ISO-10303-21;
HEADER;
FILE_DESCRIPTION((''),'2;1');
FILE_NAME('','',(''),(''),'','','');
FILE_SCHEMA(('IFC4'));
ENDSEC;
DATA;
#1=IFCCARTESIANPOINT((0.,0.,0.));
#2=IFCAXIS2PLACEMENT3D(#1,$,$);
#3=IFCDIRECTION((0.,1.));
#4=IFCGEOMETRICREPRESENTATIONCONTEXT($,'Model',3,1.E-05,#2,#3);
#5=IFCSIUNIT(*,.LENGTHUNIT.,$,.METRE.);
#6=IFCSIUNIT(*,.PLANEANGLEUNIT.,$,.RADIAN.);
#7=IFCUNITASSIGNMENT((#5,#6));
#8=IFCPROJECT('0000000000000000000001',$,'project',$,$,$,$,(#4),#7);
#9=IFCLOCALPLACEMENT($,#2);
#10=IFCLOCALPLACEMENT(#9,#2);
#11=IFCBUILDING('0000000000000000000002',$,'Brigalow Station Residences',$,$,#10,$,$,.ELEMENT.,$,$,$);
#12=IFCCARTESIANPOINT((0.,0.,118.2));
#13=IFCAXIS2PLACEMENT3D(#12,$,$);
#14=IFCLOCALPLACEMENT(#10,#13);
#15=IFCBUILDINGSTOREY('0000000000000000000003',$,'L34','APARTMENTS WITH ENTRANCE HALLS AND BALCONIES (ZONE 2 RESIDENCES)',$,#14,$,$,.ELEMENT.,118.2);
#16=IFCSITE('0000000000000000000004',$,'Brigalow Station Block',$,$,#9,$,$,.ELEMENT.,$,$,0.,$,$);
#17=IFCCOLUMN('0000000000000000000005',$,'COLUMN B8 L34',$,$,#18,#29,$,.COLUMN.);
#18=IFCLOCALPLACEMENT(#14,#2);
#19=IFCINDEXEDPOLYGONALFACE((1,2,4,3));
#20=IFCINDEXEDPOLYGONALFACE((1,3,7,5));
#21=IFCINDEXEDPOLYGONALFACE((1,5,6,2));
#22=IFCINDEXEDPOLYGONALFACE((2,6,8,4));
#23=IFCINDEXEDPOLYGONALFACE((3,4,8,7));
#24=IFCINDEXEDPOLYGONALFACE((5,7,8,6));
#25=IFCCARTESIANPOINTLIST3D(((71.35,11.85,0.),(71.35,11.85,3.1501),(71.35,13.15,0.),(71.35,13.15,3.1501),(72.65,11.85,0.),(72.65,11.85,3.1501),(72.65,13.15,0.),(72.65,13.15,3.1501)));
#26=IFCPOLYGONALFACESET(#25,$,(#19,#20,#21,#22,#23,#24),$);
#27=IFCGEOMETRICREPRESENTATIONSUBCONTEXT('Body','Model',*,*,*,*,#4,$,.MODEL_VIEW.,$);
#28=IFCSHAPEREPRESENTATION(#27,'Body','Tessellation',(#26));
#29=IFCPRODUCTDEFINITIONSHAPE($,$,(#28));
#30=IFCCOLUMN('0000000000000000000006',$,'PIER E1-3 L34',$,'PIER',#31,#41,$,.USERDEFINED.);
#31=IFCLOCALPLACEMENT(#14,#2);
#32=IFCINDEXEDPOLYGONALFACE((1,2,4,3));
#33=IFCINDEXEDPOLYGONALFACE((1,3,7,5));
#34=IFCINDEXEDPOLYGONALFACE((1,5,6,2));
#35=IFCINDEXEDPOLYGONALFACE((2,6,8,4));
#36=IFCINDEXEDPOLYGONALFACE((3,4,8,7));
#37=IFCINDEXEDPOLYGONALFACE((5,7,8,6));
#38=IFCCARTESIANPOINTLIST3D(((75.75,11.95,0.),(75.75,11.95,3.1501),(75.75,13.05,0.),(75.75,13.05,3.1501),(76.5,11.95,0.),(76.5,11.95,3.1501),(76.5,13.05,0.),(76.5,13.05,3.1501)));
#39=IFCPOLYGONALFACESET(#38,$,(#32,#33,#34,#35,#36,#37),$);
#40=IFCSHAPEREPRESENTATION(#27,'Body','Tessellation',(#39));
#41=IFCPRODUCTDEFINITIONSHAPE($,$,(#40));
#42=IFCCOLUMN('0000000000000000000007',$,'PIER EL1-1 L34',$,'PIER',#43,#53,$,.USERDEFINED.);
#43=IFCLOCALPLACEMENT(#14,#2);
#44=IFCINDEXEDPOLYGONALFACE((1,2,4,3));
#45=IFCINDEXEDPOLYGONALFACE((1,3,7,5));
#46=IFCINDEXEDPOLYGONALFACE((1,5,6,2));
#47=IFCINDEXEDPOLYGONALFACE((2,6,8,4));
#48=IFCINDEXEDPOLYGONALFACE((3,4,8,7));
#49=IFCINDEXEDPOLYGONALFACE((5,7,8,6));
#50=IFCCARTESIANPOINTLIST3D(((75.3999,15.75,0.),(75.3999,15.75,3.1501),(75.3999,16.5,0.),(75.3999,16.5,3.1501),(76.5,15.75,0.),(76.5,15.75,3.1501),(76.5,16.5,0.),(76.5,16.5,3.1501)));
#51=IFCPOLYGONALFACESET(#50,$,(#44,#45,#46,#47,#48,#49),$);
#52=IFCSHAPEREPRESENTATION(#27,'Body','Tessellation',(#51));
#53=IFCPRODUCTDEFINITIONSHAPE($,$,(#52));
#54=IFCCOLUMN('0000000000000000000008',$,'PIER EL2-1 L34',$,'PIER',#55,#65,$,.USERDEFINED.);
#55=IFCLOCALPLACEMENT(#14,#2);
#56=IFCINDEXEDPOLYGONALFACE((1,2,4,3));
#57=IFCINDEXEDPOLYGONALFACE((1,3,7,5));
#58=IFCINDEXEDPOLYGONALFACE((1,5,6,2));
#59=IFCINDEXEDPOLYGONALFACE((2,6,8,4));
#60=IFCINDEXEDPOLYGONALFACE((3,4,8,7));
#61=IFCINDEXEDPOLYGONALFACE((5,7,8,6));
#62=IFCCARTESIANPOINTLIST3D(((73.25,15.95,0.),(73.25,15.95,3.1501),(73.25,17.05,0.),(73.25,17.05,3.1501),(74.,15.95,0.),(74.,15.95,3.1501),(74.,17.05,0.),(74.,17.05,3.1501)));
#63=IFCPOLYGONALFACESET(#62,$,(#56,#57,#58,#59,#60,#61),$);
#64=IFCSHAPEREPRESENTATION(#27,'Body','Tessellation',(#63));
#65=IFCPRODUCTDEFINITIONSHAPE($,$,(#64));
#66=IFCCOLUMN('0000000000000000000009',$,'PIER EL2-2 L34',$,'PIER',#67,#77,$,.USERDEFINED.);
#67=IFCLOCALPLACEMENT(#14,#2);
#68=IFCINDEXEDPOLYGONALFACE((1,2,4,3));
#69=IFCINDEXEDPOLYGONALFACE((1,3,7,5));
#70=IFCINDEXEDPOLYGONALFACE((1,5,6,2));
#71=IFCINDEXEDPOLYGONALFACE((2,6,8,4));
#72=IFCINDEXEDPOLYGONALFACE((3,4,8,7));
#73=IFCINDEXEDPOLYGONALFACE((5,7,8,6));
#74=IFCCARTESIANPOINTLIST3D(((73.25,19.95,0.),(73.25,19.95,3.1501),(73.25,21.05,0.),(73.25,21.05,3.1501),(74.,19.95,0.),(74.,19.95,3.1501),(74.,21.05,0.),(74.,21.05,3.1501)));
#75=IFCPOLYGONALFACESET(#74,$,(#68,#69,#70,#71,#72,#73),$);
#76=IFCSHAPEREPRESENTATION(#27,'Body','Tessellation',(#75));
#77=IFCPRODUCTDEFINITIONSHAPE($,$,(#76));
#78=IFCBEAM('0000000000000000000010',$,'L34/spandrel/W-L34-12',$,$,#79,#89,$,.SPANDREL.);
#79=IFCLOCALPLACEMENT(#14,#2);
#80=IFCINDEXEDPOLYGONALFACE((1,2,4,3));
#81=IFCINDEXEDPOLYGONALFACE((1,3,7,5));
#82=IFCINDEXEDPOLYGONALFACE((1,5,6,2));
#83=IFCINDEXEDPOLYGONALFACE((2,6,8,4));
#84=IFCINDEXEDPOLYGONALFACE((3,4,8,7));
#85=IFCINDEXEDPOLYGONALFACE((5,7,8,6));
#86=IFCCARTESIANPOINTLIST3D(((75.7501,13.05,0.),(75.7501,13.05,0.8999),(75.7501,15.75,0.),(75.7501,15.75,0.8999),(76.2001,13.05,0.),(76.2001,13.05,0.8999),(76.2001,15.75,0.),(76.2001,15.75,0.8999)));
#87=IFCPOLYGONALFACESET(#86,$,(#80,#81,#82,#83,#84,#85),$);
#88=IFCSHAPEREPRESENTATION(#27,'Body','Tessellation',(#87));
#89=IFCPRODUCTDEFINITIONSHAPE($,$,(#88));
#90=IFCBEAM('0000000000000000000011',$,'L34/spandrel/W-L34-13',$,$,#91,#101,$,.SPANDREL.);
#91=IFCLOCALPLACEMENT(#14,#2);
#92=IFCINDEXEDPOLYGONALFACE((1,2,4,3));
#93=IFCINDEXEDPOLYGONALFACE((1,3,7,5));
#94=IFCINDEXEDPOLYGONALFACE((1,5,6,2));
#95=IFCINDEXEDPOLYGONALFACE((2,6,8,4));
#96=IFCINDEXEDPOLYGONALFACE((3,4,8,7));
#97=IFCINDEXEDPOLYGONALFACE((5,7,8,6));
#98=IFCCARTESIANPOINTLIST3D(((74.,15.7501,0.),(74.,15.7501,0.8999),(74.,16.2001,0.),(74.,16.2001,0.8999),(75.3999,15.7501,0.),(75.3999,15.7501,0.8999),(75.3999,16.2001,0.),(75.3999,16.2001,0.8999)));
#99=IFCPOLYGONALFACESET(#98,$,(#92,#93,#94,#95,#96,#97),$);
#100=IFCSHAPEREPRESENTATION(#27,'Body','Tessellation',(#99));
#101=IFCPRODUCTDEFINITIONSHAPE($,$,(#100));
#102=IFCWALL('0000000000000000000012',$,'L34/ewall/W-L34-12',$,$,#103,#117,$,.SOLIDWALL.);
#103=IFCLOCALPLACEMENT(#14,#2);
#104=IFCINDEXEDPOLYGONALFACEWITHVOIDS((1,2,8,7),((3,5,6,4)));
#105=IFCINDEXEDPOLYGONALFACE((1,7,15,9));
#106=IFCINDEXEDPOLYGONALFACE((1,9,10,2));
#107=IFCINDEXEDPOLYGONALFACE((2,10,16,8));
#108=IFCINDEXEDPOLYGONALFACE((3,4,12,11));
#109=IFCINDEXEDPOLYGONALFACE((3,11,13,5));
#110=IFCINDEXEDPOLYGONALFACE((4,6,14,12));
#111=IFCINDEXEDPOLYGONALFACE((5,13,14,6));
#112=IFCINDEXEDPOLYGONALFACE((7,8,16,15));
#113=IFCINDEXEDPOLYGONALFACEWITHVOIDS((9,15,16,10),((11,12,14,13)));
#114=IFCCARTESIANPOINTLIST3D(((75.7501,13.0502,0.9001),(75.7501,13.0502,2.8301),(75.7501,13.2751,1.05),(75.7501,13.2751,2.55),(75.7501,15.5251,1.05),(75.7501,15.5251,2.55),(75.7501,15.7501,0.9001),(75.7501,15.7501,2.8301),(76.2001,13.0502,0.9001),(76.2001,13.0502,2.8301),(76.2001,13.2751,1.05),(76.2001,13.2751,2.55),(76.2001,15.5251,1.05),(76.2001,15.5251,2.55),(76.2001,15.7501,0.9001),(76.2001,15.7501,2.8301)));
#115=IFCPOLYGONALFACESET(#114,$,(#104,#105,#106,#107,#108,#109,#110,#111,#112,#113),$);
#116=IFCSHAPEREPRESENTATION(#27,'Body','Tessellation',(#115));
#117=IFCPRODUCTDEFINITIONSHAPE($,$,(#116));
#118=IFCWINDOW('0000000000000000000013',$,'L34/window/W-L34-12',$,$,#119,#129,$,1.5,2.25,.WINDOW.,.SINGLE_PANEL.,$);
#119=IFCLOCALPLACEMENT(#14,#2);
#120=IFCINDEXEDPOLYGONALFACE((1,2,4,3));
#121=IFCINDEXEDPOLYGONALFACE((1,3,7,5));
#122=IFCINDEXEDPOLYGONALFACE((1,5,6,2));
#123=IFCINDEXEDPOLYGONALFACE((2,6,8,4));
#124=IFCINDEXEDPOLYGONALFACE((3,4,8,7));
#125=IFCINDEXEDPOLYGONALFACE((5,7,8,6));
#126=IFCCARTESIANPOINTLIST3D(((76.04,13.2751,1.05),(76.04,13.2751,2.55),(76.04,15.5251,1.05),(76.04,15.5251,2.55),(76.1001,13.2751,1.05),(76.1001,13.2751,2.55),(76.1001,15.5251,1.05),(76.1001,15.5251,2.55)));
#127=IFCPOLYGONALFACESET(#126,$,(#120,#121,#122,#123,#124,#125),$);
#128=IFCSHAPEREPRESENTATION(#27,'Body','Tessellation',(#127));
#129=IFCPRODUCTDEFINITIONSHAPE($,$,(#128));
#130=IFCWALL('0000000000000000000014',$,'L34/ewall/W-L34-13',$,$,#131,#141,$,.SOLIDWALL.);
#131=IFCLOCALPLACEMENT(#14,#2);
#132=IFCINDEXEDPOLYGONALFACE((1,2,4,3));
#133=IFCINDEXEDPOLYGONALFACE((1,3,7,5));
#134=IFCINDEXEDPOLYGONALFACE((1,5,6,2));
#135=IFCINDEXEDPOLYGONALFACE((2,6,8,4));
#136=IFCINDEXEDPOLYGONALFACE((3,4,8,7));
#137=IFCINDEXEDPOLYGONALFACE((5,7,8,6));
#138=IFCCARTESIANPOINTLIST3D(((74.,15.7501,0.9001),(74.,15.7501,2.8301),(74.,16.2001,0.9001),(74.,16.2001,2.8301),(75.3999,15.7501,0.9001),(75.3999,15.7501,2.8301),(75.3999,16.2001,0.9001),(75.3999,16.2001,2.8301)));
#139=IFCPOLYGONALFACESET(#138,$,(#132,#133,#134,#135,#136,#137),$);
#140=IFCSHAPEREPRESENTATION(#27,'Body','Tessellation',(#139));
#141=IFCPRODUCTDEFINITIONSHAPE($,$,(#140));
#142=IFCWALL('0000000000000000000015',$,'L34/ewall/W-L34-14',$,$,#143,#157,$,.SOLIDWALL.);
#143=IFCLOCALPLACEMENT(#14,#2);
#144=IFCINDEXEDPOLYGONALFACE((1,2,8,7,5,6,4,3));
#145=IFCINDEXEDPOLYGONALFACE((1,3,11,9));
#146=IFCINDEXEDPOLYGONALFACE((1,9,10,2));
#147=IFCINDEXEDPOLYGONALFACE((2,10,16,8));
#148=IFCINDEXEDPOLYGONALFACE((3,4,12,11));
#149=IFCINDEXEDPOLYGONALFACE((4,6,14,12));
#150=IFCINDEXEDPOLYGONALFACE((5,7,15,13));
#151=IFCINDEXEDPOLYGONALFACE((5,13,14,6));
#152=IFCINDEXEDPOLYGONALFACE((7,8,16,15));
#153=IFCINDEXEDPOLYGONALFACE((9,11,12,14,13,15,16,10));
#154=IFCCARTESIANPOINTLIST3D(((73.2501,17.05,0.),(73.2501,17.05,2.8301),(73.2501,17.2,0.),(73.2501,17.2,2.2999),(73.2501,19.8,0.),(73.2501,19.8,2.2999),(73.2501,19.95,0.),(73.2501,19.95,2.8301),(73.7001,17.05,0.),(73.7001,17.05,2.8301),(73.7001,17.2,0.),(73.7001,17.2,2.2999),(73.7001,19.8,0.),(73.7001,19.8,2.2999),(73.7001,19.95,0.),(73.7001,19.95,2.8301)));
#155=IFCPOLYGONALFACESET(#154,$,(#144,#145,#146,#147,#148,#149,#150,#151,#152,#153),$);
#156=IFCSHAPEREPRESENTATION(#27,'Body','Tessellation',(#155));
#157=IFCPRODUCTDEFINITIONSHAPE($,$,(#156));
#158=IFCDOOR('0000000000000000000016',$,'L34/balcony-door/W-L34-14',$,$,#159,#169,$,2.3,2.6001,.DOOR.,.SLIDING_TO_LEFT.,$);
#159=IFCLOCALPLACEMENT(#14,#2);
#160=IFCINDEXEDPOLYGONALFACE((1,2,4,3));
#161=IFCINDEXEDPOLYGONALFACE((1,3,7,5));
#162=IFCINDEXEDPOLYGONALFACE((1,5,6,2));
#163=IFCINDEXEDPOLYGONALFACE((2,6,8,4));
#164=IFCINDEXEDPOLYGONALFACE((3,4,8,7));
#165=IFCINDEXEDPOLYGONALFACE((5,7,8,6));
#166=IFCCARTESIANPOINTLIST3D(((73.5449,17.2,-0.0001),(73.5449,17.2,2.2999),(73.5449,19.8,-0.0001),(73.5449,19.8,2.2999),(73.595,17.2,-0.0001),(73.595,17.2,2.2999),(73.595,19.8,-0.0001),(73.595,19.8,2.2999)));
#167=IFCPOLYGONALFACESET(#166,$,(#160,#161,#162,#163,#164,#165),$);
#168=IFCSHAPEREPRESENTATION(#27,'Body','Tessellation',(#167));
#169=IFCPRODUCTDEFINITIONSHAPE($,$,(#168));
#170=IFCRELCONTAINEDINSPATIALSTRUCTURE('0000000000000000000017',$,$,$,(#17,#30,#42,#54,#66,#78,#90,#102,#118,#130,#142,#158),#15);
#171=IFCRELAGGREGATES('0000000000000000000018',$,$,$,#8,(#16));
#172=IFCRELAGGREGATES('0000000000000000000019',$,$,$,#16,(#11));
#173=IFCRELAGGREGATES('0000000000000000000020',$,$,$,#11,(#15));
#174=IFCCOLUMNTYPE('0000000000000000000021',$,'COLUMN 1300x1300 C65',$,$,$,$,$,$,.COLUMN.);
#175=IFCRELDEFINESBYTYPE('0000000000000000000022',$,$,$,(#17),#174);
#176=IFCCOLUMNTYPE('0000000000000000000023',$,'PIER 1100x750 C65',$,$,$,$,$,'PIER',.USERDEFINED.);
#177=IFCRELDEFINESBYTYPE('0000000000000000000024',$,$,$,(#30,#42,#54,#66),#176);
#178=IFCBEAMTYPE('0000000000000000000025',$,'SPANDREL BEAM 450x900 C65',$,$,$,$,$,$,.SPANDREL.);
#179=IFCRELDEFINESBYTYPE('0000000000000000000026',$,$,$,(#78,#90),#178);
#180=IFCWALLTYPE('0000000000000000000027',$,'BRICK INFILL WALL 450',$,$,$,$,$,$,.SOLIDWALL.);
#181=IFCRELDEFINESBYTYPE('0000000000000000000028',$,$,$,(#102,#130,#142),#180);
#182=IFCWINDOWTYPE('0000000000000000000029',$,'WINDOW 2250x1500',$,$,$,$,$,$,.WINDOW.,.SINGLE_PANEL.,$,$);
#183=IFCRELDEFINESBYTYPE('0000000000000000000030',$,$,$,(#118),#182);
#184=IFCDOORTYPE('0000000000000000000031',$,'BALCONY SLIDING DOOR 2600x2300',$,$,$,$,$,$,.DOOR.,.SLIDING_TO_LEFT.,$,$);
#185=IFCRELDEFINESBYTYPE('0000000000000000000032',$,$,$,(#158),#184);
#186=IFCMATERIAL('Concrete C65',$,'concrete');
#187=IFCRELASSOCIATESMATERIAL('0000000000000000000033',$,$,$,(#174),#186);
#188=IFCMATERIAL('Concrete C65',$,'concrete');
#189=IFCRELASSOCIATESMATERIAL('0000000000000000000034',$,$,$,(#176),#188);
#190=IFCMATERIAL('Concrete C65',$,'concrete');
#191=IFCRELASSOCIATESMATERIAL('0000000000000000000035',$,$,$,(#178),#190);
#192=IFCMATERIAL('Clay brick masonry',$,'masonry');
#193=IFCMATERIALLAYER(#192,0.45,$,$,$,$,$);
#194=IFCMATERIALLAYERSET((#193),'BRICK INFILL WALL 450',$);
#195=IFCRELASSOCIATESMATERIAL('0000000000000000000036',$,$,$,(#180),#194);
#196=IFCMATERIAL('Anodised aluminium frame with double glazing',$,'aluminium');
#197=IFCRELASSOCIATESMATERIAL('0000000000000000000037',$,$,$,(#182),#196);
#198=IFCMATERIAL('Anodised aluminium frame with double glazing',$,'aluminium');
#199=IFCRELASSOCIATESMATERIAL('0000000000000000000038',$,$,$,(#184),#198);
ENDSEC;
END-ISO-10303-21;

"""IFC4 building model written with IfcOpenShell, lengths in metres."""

from ifc_helpers import new_model, si_unit, direction, frame, frame_2d, origin, origin_2d, place, context, subcontext, project, spatial, rectangle, extrude, material, layer, layer_set, material_profile, profile_set, type_object, element, fill, save


model = new_model("IFC4")

# Units and contexts
model_context = context("Model", 3, precision=1e-05, world=origin(), true_north=direction((0.0, 1.0)))
body_context = subcontext(model_context, "Body", "Model", "MODEL_VIEW")
ifc_project = project(units=[si_unit("LENGTHUNIT", "METRE"), si_unit("PLANEANGLEUNIT", "RADIAN")], contexts=[model_context])

# Site, building, storey
site_placement = place(None, origin())
site = spatial("IfcSite", under=ifc_project, at=site_placement, Name="Brigalow Station Block", CompositionType="ELEMENT", RefElevation=0.0)
building_placement = place(site_placement, origin())
building = spatial("IfcBuilding", under=site, at=building_placement, Name="Brigalow Station Residences", CompositionType="ELEMENT")
storey_placement = place(building_placement, frame((0.0, 0.0, 118.2)))
storey = spatial("IfcBuildingStorey", under=building, at=storey_placement, Name="L34", Description="APARTMENTS WITH ENTRANCE HALLS AND BALCONIES (ZONE 2 RESIDENCES)", CompositionType="ELEMENT", Elevation=118.2)

# Columns
ifc_material_1 = material(Name="Concrete C65", Category="concrete")
ifc_material_profile_1 = material_profile(ifc_material_1, rectangle(XDim=1.3, YDim=1.3, at=origin_2d()), Name="RC1300x1300")
ifc_profile_set_1 = profile_set([ifc_material_profile_1], Name="Concrete C65")
column_type_1 = type_object("IfcColumnType", Name="COLUMN 1300x1300 C65", PredefinedType="COLUMN", material=ifc_profile_set_1)
column_placement = place(storey_placement, frame((72.0, 12.5, 0.0), z_axis=(0.0, 0.0, 1.0), x_axis=(1.0, 0.0, 0.0)))
element("IfcColumn", 1, at=column_placement, inside=storey, type_object=column_type_1, Name="COLUMN B8 L34", PredefinedType="COLUMN", context=body_context, shape_type="SweptSolid", body=[
    extrude(rectangle(XDim=1.3, YDim=1.3, at=origin_2d()), origin(), (0.0, 0.0, 1.0), 3.1501),
])
ifc_material_2 = material(Name="Concrete C65", Category="concrete")
ifc_material_profile_2 = material_profile(ifc_material_2, rectangle(XDim=1.1001, YDim=0.75, at=origin_2d()), Name="RC1100x750")
ifc_profile_set_2 = profile_set([ifc_material_profile_2], Name="Concrete C65")
column_type_2 = type_object("IfcColumnType", Name="PIER 1100x750 C65", ElementType="PIER", PredefinedType="USERDEFINED", material=ifc_profile_set_2)
for number, where, z_axis, x_axis, name in (
    (2, (76.125, 12.5, 0.0), (0.0, 0.0, 1.0), (0.0, 1.0, 0.0), "PIER E1-3 L34"),
    (3, (75.95, 16.125, 0.0), (0.0, 0.0, 1.0), (-1.0, 0.0, 0.0), "PIER EL1-1 L34"),
    (4, (73.625, 16.5, 0.0), (0.0, 0.0, 1.0), (0.0, 1.0, 0.0), "PIER EL2-1 L34"),
    (5, (73.625, 20.5, 0.0), (0.0, 0.0, 1.0), (0.0, 1.0, 0.0), "PIER EL2-2 L34"),
):
    element("IfcColumn", number, at=place(storey_placement, frame(where, z_axis=z_axis, x_axis=x_axis)), inside=storey, type_object=column_type_2, Name=name, ObjectType="PIER", PredefinedType="USERDEFINED", context=body_context, shape_type="SweptSolid", body=[
        extrude(rectangle(XDim=1.1001, YDim=0.75, at=origin_2d()), origin(), (0.0, 0.0, 1.0), 3.1501),
    ])

# Beams
ifc_material_3 = material(Name="Concrete C65", Category="concrete")
ifc_material_profile_3 = material_profile(ifc_material_3, rectangle(XDim=0.45, YDim=0.8999, at=origin_2d()), Name="RC450x900")
ifc_profile_set_3 = profile_set([ifc_material_profile_3], Name="Concrete C65")
beam_type = type_object("IfcBeamType", Name="SPANDREL BEAM 450x900 C65", PredefinedType="SPANDREL", material=ifc_profile_set_3)
beam_1_placement = place(storey_placement, frame((75.9751, 13.05, 0.45), z_axis=(0.0, 1.0, 0.0), x_axis=(-1.0, 0.0, 0.0)))
element("IfcBeam", 6, at=beam_1_placement, inside=storey, type_object=beam_type, Name="L34/spandrel/W-L34-12", PredefinedType="SPANDREL", context=body_context, shape_type="SweptSolid", body=[
    extrude(rectangle(XDim=0.45, YDim=0.8999, at=origin_2d()), origin(), (0.0, 0.0, 1.0), 2.7),
])
beam_2_placement = place(storey_placement, frame((75.3999, 15.9751, 0.45), z_axis=(-1.0, 0.0, 0.0), x_axis=(0.0, -1.0, 0.0)))
element("IfcBeam", 7, at=beam_2_placement, inside=storey, type_object=beam_type, Name="L34/spandrel/W-L34-13", PredefinedType="SPANDREL", context=body_context, shape_type="SweptSolid", body=[
    extrude(rectangle(XDim=0.45, YDim=0.8999, at=origin_2d()), origin(), (0.0, 0.0, 1.0), 1.3999),
])

# Wall, opening, window
ifc_material_4 = material(Name="Clay brick masonry", Category="masonry")
ifc_layer_1 = layer(ifc_material_4, 0.45)
ifc_layer_set_1 = layer_set([ifc_layer_1], Name="BRICK INFILL WALL 450")
wall_type_1 = type_object("IfcWallType", Name="BRICK INFILL WALL 450", PredefinedType="SOLIDWALL", material=ifc_layer_set_1)
wall_1_placement = place(storey_placement, frame((75.9751, 13.05, 0.9001), z_axis=(0.0, 0.0, 1.0), x_axis=(0.0, 1.0, 0.0)))
wall_1 = element("IfcWall", 8, at=wall_1_placement, inside=storey, type_object=wall_type_1, Name="L34/ewall/W-L34-12", PredefinedType="SOLIDWALL", context=body_context, shape_type="SweptSolid", body=[
    extrude(rectangle(XDim=2.7, YDim=0.45, at=frame_2d((1.3501, 0.0))), origin(), (0.0, 0.0, 1.0), 1.9299),
])
opening_1_placement = place(wall_1_placement, frame((0.2251, 0.0, 0.1499)))
opening_1 = element("IfcOpeningElement", 9, at=opening_1_placement, cuts=wall_1, PredefinedType="OPENING", context=body_context, shape_type="SweptSolid", body=[
    extrude(rectangle(XDim=2.25, YDim=1.5, at=frame_2d((1.125, 0.75))), frame((0.0, 0.2349, 0.0), z_axis=(0.0, -1.0, 0.0), x_axis=(1.0, 0.0, 0.0)), (0.0, 0.0, 1.0), 0.47),
])
ifc_material_5 = material(Name="Anodised aluminium frame with double glazing", Category="aluminium")
window_type = type_object("IfcWindowType", Name="WINDOW 2250x1500", PartitioningType="SINGLE_PANEL", PredefinedType="WINDOW", material=ifc_material_5)
window_placement = place(opening_1_placement, origin())
window = element("IfcWindow", 10, at=window_placement, inside=storey, type_object=window_type, Name="L34/window/W-L34-12", OverallHeight=1.5, OverallWidth=2.25, PartitioningType="SINGLE_PANEL", PredefinedType="WINDOW", context=body_context, shape_type="SweptSolid", body=[
    extrude(rectangle(XDim=2.25, YDim=1.5, at=frame_2d((1.125, 0.75))), frame((0.0, -0.0649, 0.0), z_axis=(0.0, -1.0, 0.0), x_axis=(1.0, 0.0, 0.0)), (0.0, 0.0, 1.0), 0.0601),
])
fill(opening_1, window)

# Wall
wall_2_placement = place(storey_placement, frame((75.3999, 15.9751, 0.9001), z_axis=(0.0, 0.0, 1.0), x_axis=(-1.0, 0.0, 0.0)))
element("IfcWall", 11, at=wall_2_placement, inside=storey, type_object=wall_type_1, Name="L34/ewall/W-L34-13", PredefinedType="SOLIDWALL", context=body_context, shape_type="SweptSolid", body=[
    extrude(rectangle(XDim=1.3999, YDim=0.45, at=frame_2d((0.7, 0.0))), origin(), (0.0, 0.0, 1.0), 1.9299),
])

# Wall, opening, door
wall_3_placement = place(storey_placement, frame((73.4751, 17.05, 0.0), z_axis=(0.0, 0.0, 1.0), x_axis=(0.0, 1.0, 0.0)))
wall_3 = element("IfcWall", 12, at=wall_3_placement, inside=storey, type_object=wall_type_1, Name="L34/ewall/W-L34-14", PredefinedType="SOLIDWALL", context=body_context, shape_type="SweptSolid", body=[
    extrude(rectangle(XDim=2.8999, YDim=0.45, at=frame_2d((1.45, 0.0))), origin(), (0.0, 0.0, 1.0), 2.8301),
])
opening_2_placement = place(wall_3_placement, frame((0.1499, 0.0, 0.0)))
opening_2 = element("IfcOpeningElement", 13, at=opening_2_placement, cuts=wall_3, PredefinedType="OPENING", context=body_context, shape_type="SweptSolid", body=[
    extrude(rectangle(XDim=2.6001, YDim=2.3, at=frame_2d((1.3, 1.1499))), frame((0.0, 0.2349, 0.0), z_axis=(0.0, -1.0, 0.0), x_axis=(1.0, 0.0, 0.0)), (0.0, 0.0, 1.0), 0.47),
])
ifc_material_6 = material(Name="Anodised aluminium frame with double glazing", Category="aluminium")
door_type_1 = type_object("IfcDoorType", Name="BALCONY SLIDING DOOR 2600x2300", OperationType="SLIDING_TO_LEFT", PredefinedType="DOOR", material=ifc_material_6)
door_1_placement = place(opening_2_placement, origin())
door_1 = element("IfcDoor", 14, at=door_1_placement, inside=storey, type_object=door_type_1, Name="L34/balcony-door/W-L34-14", OperationType="SLIDING_TO_LEFT", OverallHeight=2.3, OverallWidth=2.6001, PredefinedType="DOOR", context=body_context, shape_type="SweptSolid", body=[
    extrude(rectangle(XDim=2.6001, YDim=2.3, at=frame_2d((1.3, 1.1499))), frame((0.0, -0.0698, 0.0), z_axis=(0.0, -1.0, 0.0), x_axis=(1.0, 0.0, 0.0)), (0.0, 0.0, 1.0), 0.05),
])
fill(opening_2, door_1)

save(model, "model.ifc")
